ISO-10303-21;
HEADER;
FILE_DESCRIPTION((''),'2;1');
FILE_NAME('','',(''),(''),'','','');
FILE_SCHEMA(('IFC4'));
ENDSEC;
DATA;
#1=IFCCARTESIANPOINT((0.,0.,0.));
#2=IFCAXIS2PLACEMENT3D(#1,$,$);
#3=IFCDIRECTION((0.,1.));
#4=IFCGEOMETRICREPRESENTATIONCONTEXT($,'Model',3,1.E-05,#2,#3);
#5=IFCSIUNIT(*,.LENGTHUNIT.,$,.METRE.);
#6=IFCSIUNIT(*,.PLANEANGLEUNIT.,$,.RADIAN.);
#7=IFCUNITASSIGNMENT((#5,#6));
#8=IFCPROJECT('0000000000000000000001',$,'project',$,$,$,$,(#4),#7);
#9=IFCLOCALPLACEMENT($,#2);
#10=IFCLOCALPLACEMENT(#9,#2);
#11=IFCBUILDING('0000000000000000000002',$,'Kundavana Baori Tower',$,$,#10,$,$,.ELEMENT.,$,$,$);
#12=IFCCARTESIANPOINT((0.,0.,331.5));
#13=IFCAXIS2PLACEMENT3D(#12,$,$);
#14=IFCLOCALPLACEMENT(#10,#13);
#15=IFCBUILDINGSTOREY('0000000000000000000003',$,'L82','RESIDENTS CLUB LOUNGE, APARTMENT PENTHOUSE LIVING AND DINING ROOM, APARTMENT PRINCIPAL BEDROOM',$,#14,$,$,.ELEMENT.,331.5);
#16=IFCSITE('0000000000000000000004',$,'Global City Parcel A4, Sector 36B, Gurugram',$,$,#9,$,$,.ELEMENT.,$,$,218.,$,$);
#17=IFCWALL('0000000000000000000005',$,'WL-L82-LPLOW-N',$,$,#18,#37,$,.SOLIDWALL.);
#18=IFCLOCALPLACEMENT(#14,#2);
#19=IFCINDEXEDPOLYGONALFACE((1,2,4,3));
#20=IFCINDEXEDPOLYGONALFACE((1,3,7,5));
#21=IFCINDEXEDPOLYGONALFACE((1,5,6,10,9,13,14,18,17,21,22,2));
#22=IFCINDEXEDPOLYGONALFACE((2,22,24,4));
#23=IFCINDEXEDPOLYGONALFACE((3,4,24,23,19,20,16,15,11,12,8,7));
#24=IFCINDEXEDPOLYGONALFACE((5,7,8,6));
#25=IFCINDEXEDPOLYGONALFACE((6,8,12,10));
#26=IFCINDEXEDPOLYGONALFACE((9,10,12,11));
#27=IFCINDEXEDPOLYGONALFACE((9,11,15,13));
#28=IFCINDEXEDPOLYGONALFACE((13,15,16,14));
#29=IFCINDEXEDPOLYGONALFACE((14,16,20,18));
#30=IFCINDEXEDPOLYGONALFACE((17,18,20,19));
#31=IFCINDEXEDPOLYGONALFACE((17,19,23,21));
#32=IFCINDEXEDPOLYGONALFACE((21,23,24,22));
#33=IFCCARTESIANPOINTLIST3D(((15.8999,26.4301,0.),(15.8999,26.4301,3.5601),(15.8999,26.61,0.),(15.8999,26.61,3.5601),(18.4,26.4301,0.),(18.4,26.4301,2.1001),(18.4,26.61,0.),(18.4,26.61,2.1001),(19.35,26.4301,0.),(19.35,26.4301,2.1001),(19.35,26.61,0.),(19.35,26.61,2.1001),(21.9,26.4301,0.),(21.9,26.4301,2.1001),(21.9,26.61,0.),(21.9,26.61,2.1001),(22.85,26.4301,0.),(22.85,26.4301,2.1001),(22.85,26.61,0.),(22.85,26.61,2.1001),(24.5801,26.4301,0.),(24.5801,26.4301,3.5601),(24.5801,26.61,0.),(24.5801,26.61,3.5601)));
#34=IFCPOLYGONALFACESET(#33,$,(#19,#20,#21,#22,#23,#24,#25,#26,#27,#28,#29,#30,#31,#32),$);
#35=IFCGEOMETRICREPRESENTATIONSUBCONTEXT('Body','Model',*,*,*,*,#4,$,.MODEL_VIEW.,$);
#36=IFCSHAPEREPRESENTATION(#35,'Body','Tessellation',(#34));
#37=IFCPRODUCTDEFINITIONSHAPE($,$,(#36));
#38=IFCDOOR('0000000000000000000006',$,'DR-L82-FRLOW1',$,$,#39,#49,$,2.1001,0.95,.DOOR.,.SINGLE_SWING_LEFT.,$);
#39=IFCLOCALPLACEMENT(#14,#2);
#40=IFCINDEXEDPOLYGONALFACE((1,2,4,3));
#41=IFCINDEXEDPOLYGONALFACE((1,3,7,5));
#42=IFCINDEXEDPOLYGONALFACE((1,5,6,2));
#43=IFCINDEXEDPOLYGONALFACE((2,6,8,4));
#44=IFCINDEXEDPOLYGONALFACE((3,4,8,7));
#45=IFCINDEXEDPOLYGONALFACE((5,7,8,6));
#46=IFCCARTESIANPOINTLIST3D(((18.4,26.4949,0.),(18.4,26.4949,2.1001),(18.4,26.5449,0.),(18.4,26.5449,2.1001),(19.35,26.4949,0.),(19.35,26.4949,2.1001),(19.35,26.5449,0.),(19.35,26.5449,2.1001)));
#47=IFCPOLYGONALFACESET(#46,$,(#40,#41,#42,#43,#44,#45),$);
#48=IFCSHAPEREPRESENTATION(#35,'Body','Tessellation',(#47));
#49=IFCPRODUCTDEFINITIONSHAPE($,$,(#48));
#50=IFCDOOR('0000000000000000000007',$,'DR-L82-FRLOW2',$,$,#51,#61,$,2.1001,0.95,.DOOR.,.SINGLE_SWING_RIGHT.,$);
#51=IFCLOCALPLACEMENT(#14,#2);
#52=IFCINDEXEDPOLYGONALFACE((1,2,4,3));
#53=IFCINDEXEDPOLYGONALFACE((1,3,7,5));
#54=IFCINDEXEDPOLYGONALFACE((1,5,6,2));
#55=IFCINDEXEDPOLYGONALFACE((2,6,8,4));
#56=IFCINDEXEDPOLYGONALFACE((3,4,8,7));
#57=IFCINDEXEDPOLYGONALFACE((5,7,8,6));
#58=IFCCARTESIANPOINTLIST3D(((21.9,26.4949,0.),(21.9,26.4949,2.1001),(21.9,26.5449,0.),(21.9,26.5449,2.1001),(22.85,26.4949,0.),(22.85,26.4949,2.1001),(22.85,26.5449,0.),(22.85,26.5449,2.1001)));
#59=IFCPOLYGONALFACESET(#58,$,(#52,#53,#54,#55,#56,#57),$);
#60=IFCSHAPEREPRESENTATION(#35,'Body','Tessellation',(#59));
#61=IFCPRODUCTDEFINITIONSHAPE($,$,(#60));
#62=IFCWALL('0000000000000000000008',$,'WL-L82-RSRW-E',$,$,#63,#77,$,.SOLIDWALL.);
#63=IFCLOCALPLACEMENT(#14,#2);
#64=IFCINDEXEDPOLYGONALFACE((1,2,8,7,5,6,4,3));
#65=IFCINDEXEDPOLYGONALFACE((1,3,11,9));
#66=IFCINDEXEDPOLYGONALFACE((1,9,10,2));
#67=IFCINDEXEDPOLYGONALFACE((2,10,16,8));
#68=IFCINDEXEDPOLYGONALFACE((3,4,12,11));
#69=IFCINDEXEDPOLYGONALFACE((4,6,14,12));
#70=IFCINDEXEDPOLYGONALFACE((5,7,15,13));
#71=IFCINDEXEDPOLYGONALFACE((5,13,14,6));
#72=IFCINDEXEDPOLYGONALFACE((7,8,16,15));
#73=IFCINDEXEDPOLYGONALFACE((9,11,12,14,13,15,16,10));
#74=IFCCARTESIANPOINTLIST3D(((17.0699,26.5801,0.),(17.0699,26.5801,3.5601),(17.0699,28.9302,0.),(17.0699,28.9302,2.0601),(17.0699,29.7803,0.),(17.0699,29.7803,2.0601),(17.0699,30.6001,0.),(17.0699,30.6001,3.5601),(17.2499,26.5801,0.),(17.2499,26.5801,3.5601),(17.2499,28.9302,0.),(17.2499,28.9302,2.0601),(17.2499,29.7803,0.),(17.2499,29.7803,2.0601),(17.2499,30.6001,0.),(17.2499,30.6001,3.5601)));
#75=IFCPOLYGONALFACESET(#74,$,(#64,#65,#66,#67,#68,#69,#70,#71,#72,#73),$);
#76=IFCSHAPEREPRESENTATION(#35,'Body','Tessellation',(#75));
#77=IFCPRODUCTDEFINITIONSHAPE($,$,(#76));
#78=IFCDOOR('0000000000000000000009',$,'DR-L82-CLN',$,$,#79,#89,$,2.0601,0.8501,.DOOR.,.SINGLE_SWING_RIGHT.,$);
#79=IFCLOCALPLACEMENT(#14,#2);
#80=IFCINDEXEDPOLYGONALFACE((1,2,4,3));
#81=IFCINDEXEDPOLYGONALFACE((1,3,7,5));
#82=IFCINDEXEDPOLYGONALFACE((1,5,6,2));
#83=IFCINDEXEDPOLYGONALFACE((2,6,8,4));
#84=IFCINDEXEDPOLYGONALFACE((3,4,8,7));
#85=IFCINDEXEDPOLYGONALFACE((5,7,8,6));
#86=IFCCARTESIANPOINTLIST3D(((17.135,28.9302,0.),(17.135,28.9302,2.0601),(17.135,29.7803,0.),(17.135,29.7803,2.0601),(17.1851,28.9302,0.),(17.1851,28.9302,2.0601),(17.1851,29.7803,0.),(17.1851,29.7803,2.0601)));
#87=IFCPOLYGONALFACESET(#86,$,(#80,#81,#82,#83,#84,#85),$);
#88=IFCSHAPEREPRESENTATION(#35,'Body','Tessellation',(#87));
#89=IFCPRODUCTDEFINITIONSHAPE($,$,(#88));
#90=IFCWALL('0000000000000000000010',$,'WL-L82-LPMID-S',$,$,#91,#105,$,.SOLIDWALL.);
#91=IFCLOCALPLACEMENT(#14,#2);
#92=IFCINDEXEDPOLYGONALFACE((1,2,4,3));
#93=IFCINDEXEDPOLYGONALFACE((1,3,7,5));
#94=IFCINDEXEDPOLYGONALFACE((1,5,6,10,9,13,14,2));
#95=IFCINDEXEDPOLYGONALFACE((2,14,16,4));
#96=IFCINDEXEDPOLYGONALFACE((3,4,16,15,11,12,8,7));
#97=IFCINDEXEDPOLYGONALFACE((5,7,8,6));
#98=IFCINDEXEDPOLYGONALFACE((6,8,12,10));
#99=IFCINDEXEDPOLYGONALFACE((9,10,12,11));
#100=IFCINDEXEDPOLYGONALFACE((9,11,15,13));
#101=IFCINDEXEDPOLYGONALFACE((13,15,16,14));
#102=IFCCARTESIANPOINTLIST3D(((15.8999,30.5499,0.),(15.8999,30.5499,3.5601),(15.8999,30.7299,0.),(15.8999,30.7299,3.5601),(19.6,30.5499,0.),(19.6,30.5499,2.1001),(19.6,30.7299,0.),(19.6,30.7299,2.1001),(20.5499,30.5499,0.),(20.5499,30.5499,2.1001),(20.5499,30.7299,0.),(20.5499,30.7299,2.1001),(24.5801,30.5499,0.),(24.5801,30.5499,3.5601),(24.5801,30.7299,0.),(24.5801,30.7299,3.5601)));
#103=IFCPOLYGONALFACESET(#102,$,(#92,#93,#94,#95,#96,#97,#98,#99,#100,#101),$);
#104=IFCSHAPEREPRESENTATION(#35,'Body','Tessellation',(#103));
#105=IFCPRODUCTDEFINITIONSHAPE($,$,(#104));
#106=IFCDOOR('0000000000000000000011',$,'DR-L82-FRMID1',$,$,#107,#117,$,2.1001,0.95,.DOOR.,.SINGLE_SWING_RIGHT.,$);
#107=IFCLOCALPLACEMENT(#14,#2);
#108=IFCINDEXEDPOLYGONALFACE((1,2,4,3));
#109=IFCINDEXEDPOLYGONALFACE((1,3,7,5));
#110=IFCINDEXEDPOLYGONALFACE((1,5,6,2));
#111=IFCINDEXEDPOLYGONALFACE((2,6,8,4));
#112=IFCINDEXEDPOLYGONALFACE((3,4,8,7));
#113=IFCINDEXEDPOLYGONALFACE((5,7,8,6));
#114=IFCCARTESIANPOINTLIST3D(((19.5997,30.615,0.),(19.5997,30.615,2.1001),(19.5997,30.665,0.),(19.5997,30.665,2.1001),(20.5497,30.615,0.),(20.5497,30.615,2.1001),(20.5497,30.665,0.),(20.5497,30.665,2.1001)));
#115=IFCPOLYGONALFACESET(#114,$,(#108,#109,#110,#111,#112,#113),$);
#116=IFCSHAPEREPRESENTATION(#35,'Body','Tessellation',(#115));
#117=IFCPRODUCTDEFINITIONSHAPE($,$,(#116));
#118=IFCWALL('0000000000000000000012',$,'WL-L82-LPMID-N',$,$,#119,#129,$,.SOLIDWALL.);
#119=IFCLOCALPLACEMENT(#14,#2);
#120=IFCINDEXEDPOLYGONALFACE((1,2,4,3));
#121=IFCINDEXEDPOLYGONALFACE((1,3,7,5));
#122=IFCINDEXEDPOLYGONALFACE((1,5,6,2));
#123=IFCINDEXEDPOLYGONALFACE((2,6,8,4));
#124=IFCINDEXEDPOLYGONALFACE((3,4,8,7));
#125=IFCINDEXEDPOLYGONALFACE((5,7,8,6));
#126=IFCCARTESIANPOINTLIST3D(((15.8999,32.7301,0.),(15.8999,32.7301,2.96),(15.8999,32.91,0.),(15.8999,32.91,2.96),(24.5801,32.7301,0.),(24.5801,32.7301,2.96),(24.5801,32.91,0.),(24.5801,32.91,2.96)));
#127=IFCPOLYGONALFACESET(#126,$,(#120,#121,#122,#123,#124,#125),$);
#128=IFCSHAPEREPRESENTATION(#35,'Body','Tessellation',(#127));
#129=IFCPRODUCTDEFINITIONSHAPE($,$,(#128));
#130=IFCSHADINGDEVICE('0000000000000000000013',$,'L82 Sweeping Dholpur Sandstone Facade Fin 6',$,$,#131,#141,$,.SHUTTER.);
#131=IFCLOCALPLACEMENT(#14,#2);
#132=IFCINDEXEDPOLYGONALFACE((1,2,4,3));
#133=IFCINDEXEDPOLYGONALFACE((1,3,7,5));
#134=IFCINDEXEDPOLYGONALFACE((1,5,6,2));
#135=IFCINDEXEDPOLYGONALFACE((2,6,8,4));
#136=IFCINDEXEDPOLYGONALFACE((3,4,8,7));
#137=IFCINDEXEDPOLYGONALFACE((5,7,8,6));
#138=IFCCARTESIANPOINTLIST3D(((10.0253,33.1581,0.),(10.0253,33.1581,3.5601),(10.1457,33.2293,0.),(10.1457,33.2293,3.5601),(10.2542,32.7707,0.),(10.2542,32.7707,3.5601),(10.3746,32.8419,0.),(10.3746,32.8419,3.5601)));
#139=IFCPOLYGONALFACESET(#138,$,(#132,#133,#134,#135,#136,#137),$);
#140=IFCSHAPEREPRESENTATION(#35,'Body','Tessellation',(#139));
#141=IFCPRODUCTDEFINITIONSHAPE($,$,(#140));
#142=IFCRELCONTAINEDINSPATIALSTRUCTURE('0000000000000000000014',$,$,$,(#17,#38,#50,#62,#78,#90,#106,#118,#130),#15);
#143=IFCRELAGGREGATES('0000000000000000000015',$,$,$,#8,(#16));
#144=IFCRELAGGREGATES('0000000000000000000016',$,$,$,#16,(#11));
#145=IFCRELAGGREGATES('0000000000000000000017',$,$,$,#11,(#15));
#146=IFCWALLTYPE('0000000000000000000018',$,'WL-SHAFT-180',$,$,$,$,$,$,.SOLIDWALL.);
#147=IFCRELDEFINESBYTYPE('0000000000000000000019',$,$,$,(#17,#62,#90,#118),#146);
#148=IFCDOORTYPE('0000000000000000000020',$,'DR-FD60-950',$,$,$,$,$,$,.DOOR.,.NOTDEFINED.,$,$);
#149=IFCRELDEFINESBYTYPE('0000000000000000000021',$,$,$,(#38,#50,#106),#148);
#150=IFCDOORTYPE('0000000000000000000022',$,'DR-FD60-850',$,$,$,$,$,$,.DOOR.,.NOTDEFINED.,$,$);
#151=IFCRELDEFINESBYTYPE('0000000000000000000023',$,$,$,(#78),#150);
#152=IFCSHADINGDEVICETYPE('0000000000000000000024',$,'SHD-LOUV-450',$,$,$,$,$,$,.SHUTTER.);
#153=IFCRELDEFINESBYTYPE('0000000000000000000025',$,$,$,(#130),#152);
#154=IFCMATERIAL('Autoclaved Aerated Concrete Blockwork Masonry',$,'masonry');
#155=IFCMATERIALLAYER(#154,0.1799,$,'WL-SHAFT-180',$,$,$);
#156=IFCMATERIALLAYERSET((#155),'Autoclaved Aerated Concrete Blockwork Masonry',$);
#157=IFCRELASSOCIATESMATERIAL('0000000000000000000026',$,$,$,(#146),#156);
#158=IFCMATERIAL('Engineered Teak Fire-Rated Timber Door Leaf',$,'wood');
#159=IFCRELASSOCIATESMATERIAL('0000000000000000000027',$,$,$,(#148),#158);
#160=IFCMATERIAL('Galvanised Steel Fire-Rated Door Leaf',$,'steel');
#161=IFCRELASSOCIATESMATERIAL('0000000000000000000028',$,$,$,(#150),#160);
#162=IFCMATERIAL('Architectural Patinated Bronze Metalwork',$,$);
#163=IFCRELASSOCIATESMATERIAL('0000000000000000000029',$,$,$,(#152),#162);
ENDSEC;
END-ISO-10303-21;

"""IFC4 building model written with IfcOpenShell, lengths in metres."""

from ifc_helpers import new_model, si_unit, direction, frame, frame_2d, origin, origin_2d, place, context, subcontext, project, spatial, rectangle, extrude, material, layer, layer_set, type_object, element, fill, save


model = new_model("IFC4")

# Units and contexts
model_context = context("Model", 3, precision=1e-05, world=origin(), true_north=direction((0.0, 1.0)))
body_context = subcontext(model_context, "Body", "Model", "MODEL_VIEW")
ifc_project = project(units=[si_unit("LENGTHUNIT", "METRE"), si_unit("PLANEANGLEUNIT", "RADIAN")], contexts=[model_context])

# Site, building, storey
site_placement = place(None, origin())
site = spatial("IfcSite", under=ifc_project, at=site_placement, Name="Global City Parcel A4, Sector 36B, Gurugram", CompositionType="ELEMENT", RefElevation=218.0)
building_placement = place(site_placement, origin())
building = spatial("IfcBuilding", under=site, at=building_placement, Name="Kundavana Baori Tower", CompositionType="ELEMENT")
storey_placement = place(building_placement, frame((0.0, 0.0, 331.5)))
storey = spatial("IfcBuildingStorey", under=building, at=storey_placement, Name="L82", Description="RESIDENTS CLUB LOUNGE, APARTMENT PENTHOUSE LIVING AND DINING ROOM, APARTMENT PRINCIPAL BEDROOM", CompositionType="ELEMENT", Elevation=331.5)

# Wall, openings, doors
ifc_material_1 = material(Name="Autoclaved Aerated Concrete Blockwork Masonry", Category="masonry")
ifc_layer_1 = layer(ifc_material_1, 0.1799, Name="WL-SHAFT-180")
ifc_layer_set_1 = layer_set([ifc_layer_1], Name="Autoclaved Aerated Concrete Blockwork Masonry")
wall_type_1 = type_object("IfcWallType", Name="WL-SHAFT-180", PredefinedType="SOLIDWALL", material=ifc_layer_set_1)
wall_1_placement = place(storey_placement, frame((15.8999, 26.52, 0.0), z_axis=(0.0, 0.0, 1.0), x_axis=(1.0, 0.0, 0.0)))
wall_1 = element("IfcWall", 1, at=wall_1_placement, inside=storey, type_object=wall_type_1, Name="WL-L82-LPLOW-N", PredefinedType="SOLIDWALL", context=body_context, shape_type="SweptSolid", body=[
    extrude(rectangle(XDim=8.6802, YDim=0.1799, at=frame_2d((4.3401, 0.0))), origin(), (0.0, 0.0, 1.0), 3.5601),
])
opening_1_placement = place(wall_1_placement, frame((2.5, 0.0, 0.0)))
opening_1 = element("IfcOpeningElement", 2, at=opening_1_placement, cuts=wall_1, PredefinedType="OPENING", context=body_context, shape_type="SweptSolid", body=[
    extrude(rectangle(XDim=0.95, YDim=2.1001, at=frame_2d((0.4751, 1.05))), frame((0.0, 0.1001, 0.0), z_axis=(0.0, -1.0, 0.0), x_axis=(1.0, 0.0, 0.0)), (0.0, 0.0, 1.0), 0.2),
])
opening_2_placement = place(wall_1_placement, frame((6.0, 0.0, 0.0)))
opening_2 = element("IfcOpeningElement", 3, at=opening_2_placement, cuts=wall_1, PredefinedType="OPENING", context=body_context, shape_type="SweptSolid", body=[
    extrude(rectangle(XDim=0.95, YDim=2.1001, at=frame_2d((0.4751, 1.05))), frame((0.0, 0.1001, 0.0), z_axis=(0.0, -1.0, 0.0), x_axis=(1.0, 0.0, 0.0)), (0.0, 0.0, 1.0), 0.2),
])
ifc_material_2 = material(Name="Engineered Teak Fire-Rated Timber Door Leaf", Category="wood")
door_type_1 = type_object("IfcDoorType", Name="DR-FD60-950", OperationType="NOTDEFINED", PredefinedType="DOOR", material=ifc_material_2)
door_1_placement = place(opening_1_placement, origin())
door_1 = element("IfcDoor", 4, at=door_1_placement, inside=storey, type_object=door_type_1, Name="DR-L82-FRLOW1", OperationType="SINGLE_SWING_LEFT", OverallHeight=2.1001, OverallWidth=0.95, PredefinedType="DOOR", context=body_context, shape_type="SweptSolid", body=[
    extrude(rectangle(XDim=0.95, YDim=2.1001, at=frame_2d((0.4751, 1.05))), frame((0.0, 0.0249, 0.0), z_axis=(0.0, -1.0, 0.0), x_axis=(1.0, 0.0, 0.0)), (0.0, 0.0, 1.0), 0.05),
])
fill(opening_1, door_1)
door_2_placement = place(opening_2_placement, origin())
door_2 = element("IfcDoor", 5, at=door_2_placement, inside=storey, type_object=door_type_1, Name="DR-L82-FRLOW2", OperationType="SINGLE_SWING_RIGHT", OverallHeight=2.1001, OverallWidth=0.95, PredefinedType="DOOR", context=body_context, shape_type="SweptSolid", body=[
    extrude(rectangle(XDim=0.95, YDim=2.1001, at=frame_2d((0.4751, 1.05))), frame((0.0, 0.0249, 0.0), z_axis=(0.0, -1.0, 0.0), x_axis=(1.0, 0.0, 0.0)), (0.0, 0.0, 1.0), 0.05),
])
fill(opening_2, door_2)

# Walls, openings, doors
wall_2_placement = place(storey_placement, frame((17.1599, 26.5801, 0.0), z_axis=(0.0, 0.0, 1.0), x_axis=(0.0, 1.0, 0.0)))
wall_2 = element("IfcWall", 6, at=wall_2_placement, inside=storey, type_object=wall_type_1, Name="WL-L82-RSRW-E", PredefinedType="SOLIDWALL", context=body_context, shape_type="SweptSolid", body=[
    extrude(rectangle(XDim=4.02, YDim=0.1799, at=frame_2d((2.01, 0.0))), origin(), (0.0, 0.0, 1.0), 3.5601),
])
opening_3_placement = place(wall_2_placement, frame((2.3501, 0.0, 0.0)))
opening_3 = element("IfcOpeningElement", 7, at=opening_3_placement, cuts=wall_2, PredefinedType="OPENING", context=body_context, shape_type="SweptSolid", body=[
    extrude(rectangle(XDim=0.8501, YDim=2.0601, at=frame_2d((0.425, 1.03))), frame((0.0, 0.1001, 0.0), z_axis=(0.0, -1.0, 0.0), x_axis=(1.0, 0.0, 0.0)), (0.0, 0.0, 1.0), 0.2),
])
ifc_material_3 = material(Name="Galvanised Steel Fire-Rated Door Leaf", Category="steel")
door_type_2 = type_object("IfcDoorType", Name="DR-FD60-850", OperationType="NOTDEFINED", PredefinedType="DOOR", material=ifc_material_3)
door_3_placement = place(opening_3_placement, origin())
door_3 = element("IfcDoor", 8, at=door_3_placement, inside=storey, type_object=door_type_2, Name="DR-L82-CLN", OperationType="SINGLE_SWING_RIGHT", OverallHeight=2.0601, OverallWidth=0.8501, PredefinedType="DOOR", context=body_context, shape_type="SweptSolid", body=[
    extrude(rectangle(XDim=0.8501, YDim=2.0601, at=frame_2d((0.425, 1.03))), frame((0.0, 0.0249, 0.0), z_axis=(0.0, -1.0, 0.0), x_axis=(1.0, 0.0, 0.0)), (0.0, 0.0, 1.0), 0.05),
])
fill(opening_3, door_3)
wall_3_placement = place(storey_placement, frame((15.8999, 30.6399, 0.0), z_axis=(0.0, 0.0, 1.0), x_axis=(1.0, 0.0, 0.0)))
wall_3 = element("IfcWall", 9, at=wall_3_placement, inside=storey, type_object=wall_type_1, Name="WL-L82-LPMID-S", PredefinedType="SOLIDWALL", context=body_context, shape_type="SweptSolid", body=[
    extrude(rectangle(XDim=8.6802, YDim=0.1799, at=frame_2d((4.3401, 0.0))), origin(), (0.0, 0.0, 1.0), 3.5601),
])
opening_4_placement = place(wall_3_placement, frame((3.7, 0.0, 0.0)))
opening_4 = element("IfcOpeningElement", 10, at=opening_4_placement, cuts=wall_3, PredefinedType="OPENING", context=body_context, shape_type="SweptSolid", body=[
    extrude(rectangle(XDim=0.95, YDim=2.1001, at=frame_2d((0.4751, 1.05))), frame((0.0, 0.1001, 0.0), z_axis=(0.0, -1.0, 0.0), x_axis=(1.0, 0.0, 0.0)), (0.0, 0.0, 1.0), 0.2),
])
door_4_placement = place(opening_4_placement, frame((0.95, 0.0, 0.0), z_axis=(0.0, 0.0, 1.0), x_axis=(-1.0, 0.0, 0.0)))
door_4 = element("IfcDoor", 11, at=door_4_placement, inside=storey, type_object=door_type_1, Name="DR-L82-FRMID1", OperationType="SINGLE_SWING_RIGHT", OverallHeight=2.1001, OverallWidth=0.95, PredefinedType="DOOR", context=body_context, shape_type="SweptSolid", body=[
    extrude(rectangle(XDim=0.95, YDim=2.1001, at=frame_2d((0.4751, 1.05))), frame((0.0, 0.0249, 0.0), z_axis=(0.0, -1.0, 0.0), x_axis=(1.0, 0.0, 0.0)), (0.0, 0.0, 1.0), 0.05),
])
fill(opening_4, door_4)

# Wall
wall_4_placement = place(storey_placement, frame((15.8999, 32.8201, 0.0), z_axis=(0.0, 0.0, 1.0), x_axis=(1.0, 0.0, 0.0)))
element("IfcWall", 12, at=wall_4_placement, inside=storey, type_object=wall_type_1, Name="WL-L82-LPMID-N", PredefinedType="SOLIDWALL", context=body_context, shape_type="SweptSolid", body=[
    extrude(rectangle(XDim=8.6802, YDim=0.1799, at=frame_2d((4.3401, 0.0))), origin(), (0.0, 0.0, 1.0), 2.96),
])

# Shading device
ifc_material_4 = material(Name="Architectural Patinated Bronze Metalwork")
shading_device_type = type_object("IfcShadingDeviceType", Name="SHD-LOUV-450", PredefinedType="SHUTTER", material=ifc_material_4)
shading_device_placement = place(storey_placement, frame((10.2, 33.0, 0.0), z_axis=(0.0, 0.0, 1.0), x_axis=(0.86092, 0.508741, 0.0)))
element("IfcShadingDevice", 13, at=shading_device_placement, inside=storey, type_object=shading_device_type, Name="L82 Sweeping Dholpur Sandstone Facade Fin 6", PredefinedType="SHUTTER", context=body_context, shape_type="SweptSolid", body=[
    extrude(rectangle(XDim=0.1399, YDim=0.45, at=origin_2d()), origin(), (0.0, 0.0, 1.0), 3.5601),
])

save(model, "model.ifc")
